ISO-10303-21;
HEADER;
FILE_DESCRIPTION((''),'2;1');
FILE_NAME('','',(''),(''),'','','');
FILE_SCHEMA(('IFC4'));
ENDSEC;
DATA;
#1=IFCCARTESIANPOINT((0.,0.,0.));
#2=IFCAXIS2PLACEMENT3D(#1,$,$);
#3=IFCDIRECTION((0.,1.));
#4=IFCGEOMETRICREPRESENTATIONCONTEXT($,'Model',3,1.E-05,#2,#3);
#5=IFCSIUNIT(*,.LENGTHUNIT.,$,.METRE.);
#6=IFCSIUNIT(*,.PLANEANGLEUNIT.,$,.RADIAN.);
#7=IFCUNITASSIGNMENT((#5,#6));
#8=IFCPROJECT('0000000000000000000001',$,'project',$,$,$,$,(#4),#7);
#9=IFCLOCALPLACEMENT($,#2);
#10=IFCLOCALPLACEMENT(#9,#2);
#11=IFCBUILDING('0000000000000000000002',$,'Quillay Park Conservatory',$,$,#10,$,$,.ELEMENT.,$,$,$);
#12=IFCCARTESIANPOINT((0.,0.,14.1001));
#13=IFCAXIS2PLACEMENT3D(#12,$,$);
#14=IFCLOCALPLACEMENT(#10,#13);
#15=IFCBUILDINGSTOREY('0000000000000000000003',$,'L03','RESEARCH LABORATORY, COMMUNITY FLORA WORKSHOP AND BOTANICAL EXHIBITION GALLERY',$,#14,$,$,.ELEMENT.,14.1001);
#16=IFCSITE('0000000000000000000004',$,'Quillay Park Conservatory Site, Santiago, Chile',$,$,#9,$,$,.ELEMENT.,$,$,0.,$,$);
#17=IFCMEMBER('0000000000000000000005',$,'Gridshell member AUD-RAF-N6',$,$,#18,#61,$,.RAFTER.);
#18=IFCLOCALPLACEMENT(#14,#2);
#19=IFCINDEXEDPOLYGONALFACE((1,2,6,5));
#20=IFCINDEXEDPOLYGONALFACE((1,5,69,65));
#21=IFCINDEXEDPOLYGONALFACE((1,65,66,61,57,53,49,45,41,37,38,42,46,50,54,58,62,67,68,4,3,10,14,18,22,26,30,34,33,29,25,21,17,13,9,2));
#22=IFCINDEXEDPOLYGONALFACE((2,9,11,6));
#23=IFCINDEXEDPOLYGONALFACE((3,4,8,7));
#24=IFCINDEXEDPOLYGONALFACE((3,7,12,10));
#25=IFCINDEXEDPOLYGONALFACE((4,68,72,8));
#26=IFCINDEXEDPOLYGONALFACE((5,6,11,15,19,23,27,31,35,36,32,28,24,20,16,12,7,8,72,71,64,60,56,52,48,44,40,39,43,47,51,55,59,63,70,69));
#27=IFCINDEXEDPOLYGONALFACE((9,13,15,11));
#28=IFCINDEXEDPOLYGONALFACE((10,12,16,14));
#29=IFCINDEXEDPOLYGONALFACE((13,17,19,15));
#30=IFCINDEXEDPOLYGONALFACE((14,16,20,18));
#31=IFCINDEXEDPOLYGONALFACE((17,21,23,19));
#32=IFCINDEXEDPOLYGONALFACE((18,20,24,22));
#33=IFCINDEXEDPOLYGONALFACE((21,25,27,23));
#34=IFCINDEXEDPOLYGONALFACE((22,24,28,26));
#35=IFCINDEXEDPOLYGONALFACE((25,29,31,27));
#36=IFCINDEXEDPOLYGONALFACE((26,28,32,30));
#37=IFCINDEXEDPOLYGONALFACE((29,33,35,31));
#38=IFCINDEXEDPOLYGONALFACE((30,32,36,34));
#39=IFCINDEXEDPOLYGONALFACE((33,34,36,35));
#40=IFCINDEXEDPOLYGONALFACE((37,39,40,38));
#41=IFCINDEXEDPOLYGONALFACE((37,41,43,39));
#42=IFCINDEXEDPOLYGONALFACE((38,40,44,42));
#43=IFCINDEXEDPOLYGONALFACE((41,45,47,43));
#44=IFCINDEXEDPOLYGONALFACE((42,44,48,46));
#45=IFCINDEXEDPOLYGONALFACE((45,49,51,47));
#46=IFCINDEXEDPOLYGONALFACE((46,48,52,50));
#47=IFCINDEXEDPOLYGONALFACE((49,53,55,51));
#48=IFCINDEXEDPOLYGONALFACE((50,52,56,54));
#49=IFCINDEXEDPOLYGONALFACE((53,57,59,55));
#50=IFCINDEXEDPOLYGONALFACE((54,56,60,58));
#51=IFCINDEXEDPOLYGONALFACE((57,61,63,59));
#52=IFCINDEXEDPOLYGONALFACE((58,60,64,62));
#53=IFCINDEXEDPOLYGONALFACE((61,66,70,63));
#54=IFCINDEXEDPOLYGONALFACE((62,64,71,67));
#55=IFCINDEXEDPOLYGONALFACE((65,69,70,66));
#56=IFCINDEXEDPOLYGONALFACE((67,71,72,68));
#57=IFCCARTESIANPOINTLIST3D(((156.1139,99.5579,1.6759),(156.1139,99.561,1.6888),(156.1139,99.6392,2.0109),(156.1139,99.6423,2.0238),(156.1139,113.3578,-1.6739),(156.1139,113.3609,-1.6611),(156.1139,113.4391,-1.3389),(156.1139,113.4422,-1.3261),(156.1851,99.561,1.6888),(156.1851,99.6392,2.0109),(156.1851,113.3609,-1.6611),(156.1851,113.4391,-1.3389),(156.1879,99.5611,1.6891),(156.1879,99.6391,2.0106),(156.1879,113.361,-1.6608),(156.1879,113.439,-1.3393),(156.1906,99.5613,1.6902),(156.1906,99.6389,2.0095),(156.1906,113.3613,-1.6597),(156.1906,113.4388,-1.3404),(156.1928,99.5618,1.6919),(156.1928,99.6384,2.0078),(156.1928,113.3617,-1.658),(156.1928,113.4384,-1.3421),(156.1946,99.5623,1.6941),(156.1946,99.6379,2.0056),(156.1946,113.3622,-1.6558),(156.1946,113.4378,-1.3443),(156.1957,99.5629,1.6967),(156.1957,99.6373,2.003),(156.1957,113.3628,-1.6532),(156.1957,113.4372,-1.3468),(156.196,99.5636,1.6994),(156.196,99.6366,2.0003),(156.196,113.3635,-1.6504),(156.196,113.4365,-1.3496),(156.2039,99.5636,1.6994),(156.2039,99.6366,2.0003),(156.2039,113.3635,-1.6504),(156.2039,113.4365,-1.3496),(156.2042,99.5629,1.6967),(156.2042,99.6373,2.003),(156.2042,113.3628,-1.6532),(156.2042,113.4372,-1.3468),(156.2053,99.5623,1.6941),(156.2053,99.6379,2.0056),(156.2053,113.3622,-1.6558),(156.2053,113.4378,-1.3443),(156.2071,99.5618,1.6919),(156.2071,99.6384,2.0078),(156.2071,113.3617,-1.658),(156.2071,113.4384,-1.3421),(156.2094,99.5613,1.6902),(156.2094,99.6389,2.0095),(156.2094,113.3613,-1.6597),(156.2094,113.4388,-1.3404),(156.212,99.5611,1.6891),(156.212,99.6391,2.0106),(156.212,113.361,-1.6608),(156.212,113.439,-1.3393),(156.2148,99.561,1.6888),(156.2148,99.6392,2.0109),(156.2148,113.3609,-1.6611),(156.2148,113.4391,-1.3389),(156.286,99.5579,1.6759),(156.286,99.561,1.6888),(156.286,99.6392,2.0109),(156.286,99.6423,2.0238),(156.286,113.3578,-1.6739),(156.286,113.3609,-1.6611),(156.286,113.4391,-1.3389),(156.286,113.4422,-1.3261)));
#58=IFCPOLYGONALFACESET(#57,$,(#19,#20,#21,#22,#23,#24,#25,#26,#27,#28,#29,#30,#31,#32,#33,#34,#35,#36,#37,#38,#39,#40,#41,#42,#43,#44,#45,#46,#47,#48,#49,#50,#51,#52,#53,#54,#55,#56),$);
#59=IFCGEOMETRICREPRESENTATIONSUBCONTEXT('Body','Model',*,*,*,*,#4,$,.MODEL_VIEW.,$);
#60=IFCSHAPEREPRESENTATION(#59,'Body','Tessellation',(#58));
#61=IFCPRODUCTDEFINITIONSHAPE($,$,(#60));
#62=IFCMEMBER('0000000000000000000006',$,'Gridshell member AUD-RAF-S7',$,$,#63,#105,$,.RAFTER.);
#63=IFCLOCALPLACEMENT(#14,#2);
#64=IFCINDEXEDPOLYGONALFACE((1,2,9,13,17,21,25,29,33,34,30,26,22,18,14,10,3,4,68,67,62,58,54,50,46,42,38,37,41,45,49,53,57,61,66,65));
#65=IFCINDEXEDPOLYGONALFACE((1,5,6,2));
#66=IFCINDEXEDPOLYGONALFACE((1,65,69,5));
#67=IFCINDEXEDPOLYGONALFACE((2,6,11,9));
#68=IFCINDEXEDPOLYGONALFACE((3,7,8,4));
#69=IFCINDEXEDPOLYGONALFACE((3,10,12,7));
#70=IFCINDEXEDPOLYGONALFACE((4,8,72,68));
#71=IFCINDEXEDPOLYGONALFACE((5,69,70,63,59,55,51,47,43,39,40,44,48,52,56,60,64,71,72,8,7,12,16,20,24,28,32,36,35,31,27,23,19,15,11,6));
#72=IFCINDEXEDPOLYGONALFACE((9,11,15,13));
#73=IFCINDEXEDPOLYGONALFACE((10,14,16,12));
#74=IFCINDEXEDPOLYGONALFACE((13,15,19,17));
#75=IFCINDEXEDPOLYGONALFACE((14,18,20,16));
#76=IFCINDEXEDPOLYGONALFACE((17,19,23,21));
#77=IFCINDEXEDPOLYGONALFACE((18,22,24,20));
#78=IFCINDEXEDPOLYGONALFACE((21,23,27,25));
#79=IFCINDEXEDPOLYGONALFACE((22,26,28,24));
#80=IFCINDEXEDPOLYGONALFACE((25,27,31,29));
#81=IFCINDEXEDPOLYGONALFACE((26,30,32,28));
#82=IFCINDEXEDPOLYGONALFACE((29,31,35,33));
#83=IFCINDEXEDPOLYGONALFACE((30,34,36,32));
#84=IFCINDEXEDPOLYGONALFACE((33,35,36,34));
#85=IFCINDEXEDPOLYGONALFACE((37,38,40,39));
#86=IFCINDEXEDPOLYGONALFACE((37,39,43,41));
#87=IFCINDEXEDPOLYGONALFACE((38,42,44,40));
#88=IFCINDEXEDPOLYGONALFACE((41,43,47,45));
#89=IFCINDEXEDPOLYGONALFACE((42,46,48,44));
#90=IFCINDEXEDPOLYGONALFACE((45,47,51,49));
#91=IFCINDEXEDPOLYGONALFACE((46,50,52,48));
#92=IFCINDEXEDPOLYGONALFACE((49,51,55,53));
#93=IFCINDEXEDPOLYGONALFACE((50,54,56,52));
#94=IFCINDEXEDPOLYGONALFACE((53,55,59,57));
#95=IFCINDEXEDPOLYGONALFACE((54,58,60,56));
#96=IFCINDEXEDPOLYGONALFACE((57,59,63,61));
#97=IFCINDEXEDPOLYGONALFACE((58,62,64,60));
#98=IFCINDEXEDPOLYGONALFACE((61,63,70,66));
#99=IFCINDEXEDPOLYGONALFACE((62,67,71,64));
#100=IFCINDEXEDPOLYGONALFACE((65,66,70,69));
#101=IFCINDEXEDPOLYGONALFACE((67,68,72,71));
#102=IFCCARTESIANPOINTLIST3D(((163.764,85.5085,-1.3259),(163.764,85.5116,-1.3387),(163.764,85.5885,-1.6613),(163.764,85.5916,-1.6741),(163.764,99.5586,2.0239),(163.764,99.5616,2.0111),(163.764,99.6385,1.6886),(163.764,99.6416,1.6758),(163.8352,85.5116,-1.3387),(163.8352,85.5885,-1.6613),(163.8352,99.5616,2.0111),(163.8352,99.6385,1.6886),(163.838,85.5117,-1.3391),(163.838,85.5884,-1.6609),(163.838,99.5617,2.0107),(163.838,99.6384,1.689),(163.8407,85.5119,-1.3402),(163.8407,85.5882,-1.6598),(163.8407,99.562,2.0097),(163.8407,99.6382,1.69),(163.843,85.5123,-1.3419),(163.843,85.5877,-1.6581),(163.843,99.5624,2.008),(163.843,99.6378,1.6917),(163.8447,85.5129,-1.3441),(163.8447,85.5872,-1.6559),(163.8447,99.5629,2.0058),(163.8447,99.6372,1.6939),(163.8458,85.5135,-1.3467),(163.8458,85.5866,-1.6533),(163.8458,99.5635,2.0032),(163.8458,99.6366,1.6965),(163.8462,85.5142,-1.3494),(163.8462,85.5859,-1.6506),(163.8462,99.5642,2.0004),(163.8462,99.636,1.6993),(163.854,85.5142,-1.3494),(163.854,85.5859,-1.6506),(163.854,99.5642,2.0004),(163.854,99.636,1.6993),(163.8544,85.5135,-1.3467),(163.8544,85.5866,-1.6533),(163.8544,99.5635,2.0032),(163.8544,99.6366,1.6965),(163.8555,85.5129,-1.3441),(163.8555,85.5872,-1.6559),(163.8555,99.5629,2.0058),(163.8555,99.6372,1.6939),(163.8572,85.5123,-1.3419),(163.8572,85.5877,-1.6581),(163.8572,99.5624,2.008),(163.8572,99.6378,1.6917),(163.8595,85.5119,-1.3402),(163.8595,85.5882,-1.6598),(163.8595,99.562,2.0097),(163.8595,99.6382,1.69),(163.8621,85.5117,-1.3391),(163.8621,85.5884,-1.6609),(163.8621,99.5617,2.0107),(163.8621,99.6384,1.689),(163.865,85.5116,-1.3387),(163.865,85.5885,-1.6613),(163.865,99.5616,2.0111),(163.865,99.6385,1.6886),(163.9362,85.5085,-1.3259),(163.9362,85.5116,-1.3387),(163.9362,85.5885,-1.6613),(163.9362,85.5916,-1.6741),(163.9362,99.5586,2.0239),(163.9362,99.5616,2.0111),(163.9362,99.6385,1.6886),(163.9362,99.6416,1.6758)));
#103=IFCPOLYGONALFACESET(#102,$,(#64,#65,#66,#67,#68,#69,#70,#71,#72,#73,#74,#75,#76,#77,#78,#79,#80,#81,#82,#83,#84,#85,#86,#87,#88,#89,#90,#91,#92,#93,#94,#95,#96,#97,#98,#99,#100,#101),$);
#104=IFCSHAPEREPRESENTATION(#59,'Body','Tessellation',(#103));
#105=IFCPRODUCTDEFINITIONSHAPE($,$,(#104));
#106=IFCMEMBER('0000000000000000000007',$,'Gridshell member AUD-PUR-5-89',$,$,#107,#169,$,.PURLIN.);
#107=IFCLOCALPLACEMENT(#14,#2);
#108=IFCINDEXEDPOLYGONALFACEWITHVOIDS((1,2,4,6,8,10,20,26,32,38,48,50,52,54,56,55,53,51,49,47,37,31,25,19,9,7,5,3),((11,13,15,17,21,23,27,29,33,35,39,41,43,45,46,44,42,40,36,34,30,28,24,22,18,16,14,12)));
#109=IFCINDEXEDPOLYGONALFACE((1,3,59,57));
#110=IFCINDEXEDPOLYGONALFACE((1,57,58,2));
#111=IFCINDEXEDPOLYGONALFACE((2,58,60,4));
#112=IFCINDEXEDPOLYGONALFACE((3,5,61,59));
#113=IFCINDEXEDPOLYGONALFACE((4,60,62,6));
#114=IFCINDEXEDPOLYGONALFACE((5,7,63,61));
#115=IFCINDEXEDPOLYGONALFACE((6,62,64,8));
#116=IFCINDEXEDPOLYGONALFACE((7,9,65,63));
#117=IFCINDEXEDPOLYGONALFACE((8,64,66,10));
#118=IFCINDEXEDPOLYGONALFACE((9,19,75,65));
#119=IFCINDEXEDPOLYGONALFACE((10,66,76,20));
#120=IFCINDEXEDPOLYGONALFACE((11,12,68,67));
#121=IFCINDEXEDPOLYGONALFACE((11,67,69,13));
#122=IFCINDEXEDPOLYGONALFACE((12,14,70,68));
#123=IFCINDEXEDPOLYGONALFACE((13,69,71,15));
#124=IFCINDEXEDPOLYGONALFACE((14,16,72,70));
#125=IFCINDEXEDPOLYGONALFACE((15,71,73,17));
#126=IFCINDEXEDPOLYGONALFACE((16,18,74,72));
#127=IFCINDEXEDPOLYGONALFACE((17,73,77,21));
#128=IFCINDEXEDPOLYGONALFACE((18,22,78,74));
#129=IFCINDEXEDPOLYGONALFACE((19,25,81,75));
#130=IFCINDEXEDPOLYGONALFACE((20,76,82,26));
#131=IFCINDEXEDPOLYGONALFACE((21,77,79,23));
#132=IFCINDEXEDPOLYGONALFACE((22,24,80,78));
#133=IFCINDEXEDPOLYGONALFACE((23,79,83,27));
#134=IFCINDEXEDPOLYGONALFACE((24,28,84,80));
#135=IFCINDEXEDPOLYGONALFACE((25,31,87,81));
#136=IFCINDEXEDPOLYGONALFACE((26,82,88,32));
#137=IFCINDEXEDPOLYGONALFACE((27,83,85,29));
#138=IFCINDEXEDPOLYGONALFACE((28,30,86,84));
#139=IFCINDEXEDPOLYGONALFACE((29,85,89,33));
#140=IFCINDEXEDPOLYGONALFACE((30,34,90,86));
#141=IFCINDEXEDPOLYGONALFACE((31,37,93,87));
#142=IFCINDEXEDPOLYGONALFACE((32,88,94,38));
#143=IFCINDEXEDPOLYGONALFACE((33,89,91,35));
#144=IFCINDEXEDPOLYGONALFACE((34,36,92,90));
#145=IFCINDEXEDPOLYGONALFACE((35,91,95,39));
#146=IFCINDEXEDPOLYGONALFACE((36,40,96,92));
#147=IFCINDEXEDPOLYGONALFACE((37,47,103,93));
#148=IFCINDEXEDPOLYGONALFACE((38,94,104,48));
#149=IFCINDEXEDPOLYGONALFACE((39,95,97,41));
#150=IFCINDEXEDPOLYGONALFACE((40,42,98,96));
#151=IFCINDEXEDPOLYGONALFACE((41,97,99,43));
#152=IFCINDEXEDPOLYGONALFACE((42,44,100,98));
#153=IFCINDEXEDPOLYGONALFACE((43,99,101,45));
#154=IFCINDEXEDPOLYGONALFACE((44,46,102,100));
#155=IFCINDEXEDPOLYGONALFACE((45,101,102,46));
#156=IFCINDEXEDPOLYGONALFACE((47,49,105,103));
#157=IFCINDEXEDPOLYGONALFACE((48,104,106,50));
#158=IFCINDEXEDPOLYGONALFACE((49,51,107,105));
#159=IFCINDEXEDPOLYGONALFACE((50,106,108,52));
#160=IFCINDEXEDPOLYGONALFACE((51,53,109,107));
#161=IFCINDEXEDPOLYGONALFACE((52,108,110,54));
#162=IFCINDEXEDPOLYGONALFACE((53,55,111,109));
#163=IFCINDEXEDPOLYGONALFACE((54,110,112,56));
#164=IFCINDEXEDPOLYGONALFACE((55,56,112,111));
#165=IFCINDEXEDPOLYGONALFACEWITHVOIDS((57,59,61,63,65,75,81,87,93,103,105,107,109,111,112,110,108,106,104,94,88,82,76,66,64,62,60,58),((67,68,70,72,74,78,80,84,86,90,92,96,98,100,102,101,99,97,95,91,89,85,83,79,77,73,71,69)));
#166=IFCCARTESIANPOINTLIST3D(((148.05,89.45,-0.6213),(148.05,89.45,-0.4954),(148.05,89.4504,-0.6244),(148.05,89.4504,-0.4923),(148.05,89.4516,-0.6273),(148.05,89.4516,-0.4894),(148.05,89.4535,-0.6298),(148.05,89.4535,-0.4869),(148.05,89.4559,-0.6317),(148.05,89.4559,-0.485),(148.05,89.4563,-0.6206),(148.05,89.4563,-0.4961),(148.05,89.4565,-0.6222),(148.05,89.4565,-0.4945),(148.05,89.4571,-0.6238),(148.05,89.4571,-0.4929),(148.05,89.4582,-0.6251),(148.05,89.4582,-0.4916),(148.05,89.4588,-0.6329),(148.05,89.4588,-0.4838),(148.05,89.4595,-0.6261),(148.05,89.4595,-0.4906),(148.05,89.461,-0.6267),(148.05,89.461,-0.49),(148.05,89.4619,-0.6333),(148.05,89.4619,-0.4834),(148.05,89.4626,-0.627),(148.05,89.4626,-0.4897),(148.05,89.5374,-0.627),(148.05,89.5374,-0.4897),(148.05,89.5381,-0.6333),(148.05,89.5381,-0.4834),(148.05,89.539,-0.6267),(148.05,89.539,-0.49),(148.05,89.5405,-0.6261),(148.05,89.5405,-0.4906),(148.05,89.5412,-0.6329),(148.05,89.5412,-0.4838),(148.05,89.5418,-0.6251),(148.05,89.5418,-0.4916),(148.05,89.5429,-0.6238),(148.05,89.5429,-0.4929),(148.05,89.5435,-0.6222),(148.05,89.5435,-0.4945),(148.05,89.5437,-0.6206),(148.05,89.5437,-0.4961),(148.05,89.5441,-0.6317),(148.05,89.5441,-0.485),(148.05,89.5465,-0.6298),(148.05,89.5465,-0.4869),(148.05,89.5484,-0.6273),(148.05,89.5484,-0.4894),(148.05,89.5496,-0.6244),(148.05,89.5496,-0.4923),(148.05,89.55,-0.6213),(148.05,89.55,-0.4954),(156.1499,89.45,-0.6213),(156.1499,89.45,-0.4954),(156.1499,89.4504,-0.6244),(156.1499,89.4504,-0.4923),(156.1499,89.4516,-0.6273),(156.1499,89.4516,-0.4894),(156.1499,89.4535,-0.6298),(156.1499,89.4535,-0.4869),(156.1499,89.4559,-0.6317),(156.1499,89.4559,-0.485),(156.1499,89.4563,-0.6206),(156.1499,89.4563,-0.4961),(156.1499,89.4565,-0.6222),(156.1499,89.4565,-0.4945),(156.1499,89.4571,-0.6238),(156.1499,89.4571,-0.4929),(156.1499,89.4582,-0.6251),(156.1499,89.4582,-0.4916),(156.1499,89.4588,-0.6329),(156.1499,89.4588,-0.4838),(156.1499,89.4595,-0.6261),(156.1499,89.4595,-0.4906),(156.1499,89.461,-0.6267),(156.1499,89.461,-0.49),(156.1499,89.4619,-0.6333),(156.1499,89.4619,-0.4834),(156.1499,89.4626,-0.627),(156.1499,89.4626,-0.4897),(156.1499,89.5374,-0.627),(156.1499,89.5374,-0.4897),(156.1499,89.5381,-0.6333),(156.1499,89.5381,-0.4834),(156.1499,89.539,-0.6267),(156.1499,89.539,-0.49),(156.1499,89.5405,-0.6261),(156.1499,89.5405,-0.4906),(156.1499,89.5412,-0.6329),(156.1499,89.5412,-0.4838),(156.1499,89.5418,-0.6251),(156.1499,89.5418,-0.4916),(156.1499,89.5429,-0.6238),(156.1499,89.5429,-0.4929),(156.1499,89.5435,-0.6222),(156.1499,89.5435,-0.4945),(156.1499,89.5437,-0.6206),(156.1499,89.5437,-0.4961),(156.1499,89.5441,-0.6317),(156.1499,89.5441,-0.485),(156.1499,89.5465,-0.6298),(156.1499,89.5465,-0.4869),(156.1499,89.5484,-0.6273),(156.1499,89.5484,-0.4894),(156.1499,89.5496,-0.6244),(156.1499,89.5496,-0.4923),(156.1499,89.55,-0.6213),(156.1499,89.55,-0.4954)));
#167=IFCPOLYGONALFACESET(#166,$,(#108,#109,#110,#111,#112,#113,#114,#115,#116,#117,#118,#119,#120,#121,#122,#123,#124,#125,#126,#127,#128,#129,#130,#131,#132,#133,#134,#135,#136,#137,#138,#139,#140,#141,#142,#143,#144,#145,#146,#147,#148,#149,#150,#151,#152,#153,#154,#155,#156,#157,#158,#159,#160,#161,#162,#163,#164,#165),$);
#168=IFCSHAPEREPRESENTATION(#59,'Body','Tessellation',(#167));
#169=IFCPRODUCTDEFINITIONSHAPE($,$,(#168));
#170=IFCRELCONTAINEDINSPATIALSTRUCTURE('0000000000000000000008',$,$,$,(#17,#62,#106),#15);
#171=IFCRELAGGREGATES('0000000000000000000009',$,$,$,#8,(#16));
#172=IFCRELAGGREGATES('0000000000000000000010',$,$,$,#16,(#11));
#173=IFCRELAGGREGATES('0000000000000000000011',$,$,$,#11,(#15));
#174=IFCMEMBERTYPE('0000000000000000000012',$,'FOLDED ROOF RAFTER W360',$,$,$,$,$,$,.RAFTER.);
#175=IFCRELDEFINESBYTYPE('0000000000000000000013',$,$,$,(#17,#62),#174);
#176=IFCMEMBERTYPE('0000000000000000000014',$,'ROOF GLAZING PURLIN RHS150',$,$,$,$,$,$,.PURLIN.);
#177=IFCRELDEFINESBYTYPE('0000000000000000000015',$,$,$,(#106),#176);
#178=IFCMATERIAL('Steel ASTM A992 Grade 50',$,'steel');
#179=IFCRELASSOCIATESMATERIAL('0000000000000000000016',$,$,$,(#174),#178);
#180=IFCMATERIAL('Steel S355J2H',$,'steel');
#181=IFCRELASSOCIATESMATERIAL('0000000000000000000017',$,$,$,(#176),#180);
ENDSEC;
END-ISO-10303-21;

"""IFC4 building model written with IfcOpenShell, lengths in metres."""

from ifc_helpers import new_model, si_unit, direction, frame, origin, origin_2d, place, context, subcontext, project, spatial, hollow_rectangle, i_section, extrude, material, material_profile, profile_set, type_object, element, save


model = new_model("IFC4")

# Units and contexts
model_context = context("Model", 3, precision=1e-05, world=origin(), true_north=direction((0.0, 1.0)))
body_context = subcontext(model_context, "Body", "Model", "MODEL_VIEW")
ifc_project = project(units=[si_unit("LENGTHUNIT", "METRE"), si_unit("PLANEANGLEUNIT", "RADIAN")], contexts=[model_context])

# Site, building, storey
site_placement = place(None, origin())
site = spatial("IfcSite", under=ifc_project, at=site_placement, Name="Quillay Park Conservatory Site, Santiago, Chile", CompositionType="ELEMENT", RefElevation=0.0)
building_placement = place(site_placement, origin())
building = spatial("IfcBuilding", under=site, at=building_placement, Name="Quillay Park Conservatory", CompositionType="ELEMENT")
storey_placement = place(building_placement, frame((0.0, 0.0, 14.1001)))
storey = spatial("IfcBuildingStorey", under=building, at=storey_placement, Name="L03", Description="RESEARCH LABORATORY, COMMUNITY FLORA WORKSHOP AND BOTANICAL EXHIBITION GALLERY", CompositionType="ELEMENT", Elevation=14.1001)

# Members
ifc_material_1 = material(Name="Steel ASTM A992 Grade 50", Category="steel")
ifc_material_profile_1 = material_profile(ifc_material_1, i_section(OverallWidth=0.1721, OverallDepth=0.3579, WebThickness=0.0078, FlangeThickness=0.0132, FilletRadius=0.011, at=origin_2d()), Name="W360x57")
ifc_profile_set_1 = profile_set([ifc_material_profile_1], Name="Steel ASTM A992 Grade 50")
member_type_1 = type_object("IfcMemberType", Name="FOLDED ROOF RAFTER W360", PredefinedType="RAFTER", material=ifc_profile_set_1)
member_1_placement = place(storey_placement, frame((156.2, 99.6001, 1.8499), z_axis=(0.0, 0.971778, -0.235896), x_axis=(-1.0, 0.0, 0.0)))
element("IfcMember", 1, at=member_1_placement, inside=storey, type_object=member_type_1, Name="Gridshell member AUD-RAF-N6", PredefinedType="RAFTER", context=body_context, shape_type="SweptSolid", body=[
    extrude(i_section(OverallWidth=0.1721, OverallDepth=0.3579, WebThickness=0.0078, FlangeThickness=0.0132, FilletRadius=0.011, at=origin_2d()), origin(), (0.0, 0.0, 1.0), 14.2007),
])
member_2_placement = place(storey_placement, frame((163.8501, 85.55, -1.5), z_axis=(0.0, 0.972734, 0.231922), x_axis=(-1.0, 0.0, 0.0)))
element("IfcMember", 2, at=member_2_placement, inside=storey, type_object=member_type_1, Name="Gridshell member AUD-RAF-S7", PredefinedType="RAFTER", context=body_context, shape_type="SweptSolid", body=[
    extrude(i_section(OverallWidth=0.1721, OverallDepth=0.3579, WebThickness=0.0078, FlangeThickness=0.0132, FilletRadius=0.011, at=origin_2d()), origin(), (0.0, 0.0, 1.0), 14.4438),
])
ifc_material_2 = material(Name="Steel S355J2H", Category="steel")
ifc_material_profile_2 = material_profile(ifc_material_2, hollow_rectangle(XDim=0.1001, YDim=0.1499, WallThickness=0.0063, InnerFilletRadius=0.0063, OuterFilletRadius=0.012, at=origin_2d()), Name="RHS150x100x6.3")
ifc_profile_set_2 = profile_set([ifc_material_profile_2], Name="Steel S355J2H")
member_type_2 = type_object("IfcMemberType", Name="ROOF GLAZING PURLIN RHS150", PredefinedType="PURLIN", material=ifc_profile_set_2)
for number, where, z_axis, x_axis, name in (
    (3, (148.05, 89.5, -0.5583), (1.0, 0.0, 0.0), (0.0, 1.0, 0.0), "Gridshell member AUD-PUR-5-89"),
):
    element("IfcMember", number, at=place(storey_placement, frame(where, z_axis=z_axis, x_axis=x_axis)), inside=storey, type_object=member_type_2, Name=name, PredefinedType="PURLIN", context=body_context, shape_type="SweptSolid", body=[
        extrude(hollow_rectangle(XDim=0.1001, YDim=0.1499, WallThickness=0.0063, InnerFilletRadius=0.0063, OuterFilletRadius=0.012, at=origin_2d()), origin(), (0.0, 0.0, 1.0), 8.0999),
    ])

save(model, "model.ifc")
